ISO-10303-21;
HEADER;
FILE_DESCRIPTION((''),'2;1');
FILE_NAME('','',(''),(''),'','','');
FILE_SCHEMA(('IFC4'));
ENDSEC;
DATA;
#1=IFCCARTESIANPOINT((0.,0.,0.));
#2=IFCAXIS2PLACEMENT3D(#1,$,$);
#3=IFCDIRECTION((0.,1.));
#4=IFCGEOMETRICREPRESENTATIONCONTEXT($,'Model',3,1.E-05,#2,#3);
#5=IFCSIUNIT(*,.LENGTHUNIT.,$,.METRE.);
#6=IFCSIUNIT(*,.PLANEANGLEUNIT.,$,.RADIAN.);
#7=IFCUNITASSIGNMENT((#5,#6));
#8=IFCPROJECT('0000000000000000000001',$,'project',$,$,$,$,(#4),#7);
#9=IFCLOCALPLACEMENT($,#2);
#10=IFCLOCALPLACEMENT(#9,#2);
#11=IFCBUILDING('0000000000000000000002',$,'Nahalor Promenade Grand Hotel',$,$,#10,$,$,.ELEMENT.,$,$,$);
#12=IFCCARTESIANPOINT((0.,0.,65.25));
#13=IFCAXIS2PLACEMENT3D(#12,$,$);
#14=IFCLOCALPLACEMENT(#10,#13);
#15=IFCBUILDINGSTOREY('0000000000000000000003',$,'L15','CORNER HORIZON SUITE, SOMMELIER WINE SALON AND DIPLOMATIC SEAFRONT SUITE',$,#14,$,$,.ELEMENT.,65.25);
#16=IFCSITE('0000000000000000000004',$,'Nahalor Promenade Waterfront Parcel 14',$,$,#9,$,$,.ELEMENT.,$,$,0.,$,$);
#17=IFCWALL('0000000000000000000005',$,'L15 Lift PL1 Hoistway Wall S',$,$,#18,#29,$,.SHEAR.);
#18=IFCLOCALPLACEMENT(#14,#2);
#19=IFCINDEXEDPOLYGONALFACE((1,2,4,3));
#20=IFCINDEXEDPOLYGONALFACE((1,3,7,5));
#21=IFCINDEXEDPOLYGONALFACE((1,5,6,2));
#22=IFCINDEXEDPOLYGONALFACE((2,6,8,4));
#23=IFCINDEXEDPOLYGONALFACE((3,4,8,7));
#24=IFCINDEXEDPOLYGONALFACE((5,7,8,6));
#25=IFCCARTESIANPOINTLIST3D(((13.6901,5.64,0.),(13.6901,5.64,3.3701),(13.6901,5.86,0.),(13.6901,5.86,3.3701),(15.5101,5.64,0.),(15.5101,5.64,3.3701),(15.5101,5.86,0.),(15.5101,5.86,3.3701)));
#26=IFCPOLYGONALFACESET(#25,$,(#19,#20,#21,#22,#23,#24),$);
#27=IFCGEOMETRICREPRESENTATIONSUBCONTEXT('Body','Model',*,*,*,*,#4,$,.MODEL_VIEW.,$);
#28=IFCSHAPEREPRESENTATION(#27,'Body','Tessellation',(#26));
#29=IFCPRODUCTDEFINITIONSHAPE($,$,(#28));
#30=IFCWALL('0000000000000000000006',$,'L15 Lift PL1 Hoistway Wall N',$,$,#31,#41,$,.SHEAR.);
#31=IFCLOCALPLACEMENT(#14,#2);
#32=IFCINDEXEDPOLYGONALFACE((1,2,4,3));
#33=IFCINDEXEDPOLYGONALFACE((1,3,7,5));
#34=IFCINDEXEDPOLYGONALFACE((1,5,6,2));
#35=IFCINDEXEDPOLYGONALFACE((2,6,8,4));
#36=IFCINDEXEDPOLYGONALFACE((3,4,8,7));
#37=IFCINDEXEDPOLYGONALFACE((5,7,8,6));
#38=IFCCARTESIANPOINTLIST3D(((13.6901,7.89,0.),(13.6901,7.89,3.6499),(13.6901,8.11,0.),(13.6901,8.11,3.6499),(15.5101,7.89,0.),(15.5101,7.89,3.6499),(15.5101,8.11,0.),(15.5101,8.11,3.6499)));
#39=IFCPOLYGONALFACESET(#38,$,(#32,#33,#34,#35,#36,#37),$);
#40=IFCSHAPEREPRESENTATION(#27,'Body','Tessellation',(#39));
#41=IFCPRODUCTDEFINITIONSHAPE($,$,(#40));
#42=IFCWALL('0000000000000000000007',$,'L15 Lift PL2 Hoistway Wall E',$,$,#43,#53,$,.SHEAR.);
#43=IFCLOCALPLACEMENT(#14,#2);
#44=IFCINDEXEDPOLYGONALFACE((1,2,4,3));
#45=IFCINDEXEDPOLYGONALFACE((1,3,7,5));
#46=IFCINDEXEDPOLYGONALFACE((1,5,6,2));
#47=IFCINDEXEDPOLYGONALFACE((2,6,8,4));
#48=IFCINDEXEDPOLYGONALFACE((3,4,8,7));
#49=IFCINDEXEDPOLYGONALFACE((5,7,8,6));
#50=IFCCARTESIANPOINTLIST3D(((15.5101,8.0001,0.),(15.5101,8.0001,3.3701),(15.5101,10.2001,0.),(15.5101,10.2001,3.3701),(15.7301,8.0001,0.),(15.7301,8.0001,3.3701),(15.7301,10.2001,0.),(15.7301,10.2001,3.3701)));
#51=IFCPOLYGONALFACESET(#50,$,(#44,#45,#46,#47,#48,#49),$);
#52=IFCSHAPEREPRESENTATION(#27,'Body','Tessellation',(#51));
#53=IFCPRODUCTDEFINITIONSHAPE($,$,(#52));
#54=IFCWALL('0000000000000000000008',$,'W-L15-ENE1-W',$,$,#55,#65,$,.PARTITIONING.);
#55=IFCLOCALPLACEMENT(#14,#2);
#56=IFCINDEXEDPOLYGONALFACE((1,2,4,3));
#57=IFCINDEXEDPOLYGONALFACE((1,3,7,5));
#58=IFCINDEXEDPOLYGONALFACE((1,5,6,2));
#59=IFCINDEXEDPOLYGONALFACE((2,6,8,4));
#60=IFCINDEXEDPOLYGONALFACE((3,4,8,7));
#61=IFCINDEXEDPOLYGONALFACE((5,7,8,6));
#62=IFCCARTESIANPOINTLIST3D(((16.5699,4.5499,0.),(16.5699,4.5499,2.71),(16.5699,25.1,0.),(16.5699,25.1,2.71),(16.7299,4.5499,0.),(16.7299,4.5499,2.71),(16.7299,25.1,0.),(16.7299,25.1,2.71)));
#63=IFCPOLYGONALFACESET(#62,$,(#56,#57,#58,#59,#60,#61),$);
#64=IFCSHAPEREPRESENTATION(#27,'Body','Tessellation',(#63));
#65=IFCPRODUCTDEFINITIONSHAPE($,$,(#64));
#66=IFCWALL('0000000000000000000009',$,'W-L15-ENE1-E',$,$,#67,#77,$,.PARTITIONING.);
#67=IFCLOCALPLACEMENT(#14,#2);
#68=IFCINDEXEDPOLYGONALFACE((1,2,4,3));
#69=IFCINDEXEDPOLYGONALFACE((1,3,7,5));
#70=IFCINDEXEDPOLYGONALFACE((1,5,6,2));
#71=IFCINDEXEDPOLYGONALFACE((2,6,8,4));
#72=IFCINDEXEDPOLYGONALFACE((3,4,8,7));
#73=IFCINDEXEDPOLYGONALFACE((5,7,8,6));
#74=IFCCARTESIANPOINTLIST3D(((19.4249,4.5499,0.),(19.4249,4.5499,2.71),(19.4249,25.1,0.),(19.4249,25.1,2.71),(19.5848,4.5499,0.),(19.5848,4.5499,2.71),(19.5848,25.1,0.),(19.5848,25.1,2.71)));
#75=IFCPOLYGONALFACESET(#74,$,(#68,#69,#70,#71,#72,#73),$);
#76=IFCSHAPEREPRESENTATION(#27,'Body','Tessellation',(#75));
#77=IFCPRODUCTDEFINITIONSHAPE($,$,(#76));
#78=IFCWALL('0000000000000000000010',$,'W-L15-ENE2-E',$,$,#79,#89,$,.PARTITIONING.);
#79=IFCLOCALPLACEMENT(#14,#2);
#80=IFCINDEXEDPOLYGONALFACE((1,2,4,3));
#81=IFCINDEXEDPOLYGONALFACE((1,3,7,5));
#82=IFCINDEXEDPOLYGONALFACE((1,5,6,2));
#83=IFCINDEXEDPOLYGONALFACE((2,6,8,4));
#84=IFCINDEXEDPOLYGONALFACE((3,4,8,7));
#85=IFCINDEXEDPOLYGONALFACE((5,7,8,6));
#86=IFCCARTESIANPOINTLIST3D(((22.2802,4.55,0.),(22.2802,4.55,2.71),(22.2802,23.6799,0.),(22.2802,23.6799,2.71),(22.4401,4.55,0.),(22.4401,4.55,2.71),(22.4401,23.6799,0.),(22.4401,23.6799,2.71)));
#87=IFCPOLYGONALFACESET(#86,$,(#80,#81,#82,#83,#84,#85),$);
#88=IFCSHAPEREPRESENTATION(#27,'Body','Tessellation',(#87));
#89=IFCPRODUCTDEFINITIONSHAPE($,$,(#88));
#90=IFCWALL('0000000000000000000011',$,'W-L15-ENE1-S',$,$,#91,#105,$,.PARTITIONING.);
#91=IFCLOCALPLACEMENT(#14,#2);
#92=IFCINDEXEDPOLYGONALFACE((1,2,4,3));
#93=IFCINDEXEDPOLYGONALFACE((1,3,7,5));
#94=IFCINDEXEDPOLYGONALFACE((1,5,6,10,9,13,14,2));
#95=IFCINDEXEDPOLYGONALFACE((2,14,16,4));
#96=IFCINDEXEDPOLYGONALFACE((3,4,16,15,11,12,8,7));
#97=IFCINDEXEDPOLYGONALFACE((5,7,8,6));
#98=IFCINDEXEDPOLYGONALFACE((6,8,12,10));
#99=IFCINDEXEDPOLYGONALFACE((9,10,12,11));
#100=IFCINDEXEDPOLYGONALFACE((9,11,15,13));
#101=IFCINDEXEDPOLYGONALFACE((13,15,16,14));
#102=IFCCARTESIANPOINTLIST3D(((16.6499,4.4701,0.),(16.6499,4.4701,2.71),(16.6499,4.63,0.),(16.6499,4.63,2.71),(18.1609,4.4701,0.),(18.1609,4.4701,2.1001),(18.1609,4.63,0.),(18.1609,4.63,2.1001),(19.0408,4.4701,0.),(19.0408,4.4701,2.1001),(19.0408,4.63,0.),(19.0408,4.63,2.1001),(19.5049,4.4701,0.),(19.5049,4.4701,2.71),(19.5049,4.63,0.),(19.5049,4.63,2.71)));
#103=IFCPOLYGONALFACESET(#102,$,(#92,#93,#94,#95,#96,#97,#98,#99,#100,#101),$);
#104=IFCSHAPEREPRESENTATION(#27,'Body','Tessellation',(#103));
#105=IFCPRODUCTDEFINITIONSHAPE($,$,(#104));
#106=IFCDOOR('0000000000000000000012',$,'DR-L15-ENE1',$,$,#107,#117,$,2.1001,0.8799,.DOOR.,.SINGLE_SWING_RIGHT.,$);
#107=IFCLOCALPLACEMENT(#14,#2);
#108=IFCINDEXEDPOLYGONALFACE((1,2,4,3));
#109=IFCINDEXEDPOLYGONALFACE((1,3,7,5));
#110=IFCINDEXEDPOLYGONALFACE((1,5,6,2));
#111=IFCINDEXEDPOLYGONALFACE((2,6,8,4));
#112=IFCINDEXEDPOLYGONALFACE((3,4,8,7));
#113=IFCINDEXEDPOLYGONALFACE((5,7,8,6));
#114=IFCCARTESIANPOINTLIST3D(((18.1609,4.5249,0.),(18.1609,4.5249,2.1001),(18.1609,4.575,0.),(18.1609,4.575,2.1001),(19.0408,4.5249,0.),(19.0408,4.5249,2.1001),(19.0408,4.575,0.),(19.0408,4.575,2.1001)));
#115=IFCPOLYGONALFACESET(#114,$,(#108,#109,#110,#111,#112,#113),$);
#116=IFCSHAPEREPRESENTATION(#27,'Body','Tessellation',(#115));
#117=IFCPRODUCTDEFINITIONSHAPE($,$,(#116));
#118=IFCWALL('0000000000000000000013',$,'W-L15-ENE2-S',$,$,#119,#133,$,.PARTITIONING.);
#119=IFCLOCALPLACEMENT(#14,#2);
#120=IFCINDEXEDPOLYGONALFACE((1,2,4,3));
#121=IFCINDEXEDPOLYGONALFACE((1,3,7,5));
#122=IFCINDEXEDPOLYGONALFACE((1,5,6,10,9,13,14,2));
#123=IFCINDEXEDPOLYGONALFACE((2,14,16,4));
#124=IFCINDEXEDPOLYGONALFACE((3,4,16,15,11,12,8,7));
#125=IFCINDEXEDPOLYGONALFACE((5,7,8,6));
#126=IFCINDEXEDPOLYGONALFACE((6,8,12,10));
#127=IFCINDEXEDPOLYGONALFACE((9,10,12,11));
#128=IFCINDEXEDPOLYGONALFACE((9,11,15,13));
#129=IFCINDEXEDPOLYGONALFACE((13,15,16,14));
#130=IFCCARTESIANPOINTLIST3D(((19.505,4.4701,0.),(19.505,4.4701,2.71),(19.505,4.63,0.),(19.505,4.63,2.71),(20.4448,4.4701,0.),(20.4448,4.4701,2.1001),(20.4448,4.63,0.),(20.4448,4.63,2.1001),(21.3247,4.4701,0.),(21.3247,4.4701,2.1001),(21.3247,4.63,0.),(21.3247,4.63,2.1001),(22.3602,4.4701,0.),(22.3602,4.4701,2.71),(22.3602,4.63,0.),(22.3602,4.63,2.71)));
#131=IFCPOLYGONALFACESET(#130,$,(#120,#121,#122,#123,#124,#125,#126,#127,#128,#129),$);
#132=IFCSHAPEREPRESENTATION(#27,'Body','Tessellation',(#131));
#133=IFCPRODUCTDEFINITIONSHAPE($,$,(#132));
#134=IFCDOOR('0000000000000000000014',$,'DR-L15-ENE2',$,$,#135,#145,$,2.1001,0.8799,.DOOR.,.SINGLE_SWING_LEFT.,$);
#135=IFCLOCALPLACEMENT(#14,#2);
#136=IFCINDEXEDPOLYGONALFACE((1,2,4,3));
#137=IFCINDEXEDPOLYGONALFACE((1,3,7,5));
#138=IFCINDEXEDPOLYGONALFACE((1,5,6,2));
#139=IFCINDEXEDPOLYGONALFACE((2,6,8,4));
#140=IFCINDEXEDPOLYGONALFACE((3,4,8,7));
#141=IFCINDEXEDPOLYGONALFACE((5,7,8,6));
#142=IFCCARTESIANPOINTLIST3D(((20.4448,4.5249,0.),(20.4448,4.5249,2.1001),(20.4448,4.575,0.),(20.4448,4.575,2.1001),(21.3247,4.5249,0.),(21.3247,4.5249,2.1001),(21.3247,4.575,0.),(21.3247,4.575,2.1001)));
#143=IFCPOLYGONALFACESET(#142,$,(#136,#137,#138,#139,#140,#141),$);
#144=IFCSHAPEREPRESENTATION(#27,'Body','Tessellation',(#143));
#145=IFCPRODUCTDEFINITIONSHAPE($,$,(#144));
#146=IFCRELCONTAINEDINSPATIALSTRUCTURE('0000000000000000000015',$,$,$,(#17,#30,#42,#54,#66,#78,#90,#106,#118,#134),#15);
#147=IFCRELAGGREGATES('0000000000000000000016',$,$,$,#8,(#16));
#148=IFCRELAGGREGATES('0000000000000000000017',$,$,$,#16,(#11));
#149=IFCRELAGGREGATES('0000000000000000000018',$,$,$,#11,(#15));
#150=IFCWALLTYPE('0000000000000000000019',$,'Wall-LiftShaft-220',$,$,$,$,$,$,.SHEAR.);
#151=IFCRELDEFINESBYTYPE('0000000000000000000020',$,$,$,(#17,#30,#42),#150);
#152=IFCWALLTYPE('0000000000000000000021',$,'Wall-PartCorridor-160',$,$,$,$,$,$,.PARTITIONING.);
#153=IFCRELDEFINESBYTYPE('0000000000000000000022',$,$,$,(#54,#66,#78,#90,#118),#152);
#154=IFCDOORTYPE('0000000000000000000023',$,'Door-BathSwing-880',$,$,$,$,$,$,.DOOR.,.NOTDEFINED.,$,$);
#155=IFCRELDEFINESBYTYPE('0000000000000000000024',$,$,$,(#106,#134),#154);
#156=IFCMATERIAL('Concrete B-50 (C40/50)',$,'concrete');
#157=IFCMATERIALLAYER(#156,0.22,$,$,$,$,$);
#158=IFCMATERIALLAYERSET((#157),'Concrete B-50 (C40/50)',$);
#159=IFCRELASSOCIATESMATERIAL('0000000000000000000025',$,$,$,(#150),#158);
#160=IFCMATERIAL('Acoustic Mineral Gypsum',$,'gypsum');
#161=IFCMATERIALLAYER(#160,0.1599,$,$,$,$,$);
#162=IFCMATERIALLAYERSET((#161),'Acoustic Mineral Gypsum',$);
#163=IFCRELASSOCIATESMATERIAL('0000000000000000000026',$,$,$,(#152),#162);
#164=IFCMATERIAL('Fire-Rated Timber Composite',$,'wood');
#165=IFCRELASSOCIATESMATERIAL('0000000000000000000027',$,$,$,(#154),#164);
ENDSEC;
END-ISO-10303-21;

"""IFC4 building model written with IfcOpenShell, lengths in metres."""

from ifc_helpers import new_model, si_unit, direction, frame, frame_2d, origin, place, context, subcontext, project, spatial, rectangle, extrude, source, transform, mapped, material, layer, layer_set, type_object, element, fill, save


model = new_model("IFC4")

# Units and contexts
model_context = context("Model", 3, precision=1e-05, world=origin(), true_north=direction((0.0, 1.0)))
body_context = subcontext(model_context, "Body", "Model", "MODEL_VIEW")
ifc_project = project(units=[si_unit("LENGTHUNIT", "METRE"), si_unit("PLANEANGLEUNIT", "RADIAN")], contexts=[model_context])

# Site, building, storey
site_placement = place(None, origin())
site = spatial("IfcSite", under=ifc_project, at=site_placement, Name="Nahalor Promenade Waterfront Parcel 14", CompositionType="ELEMENT", RefElevation=0.0)
building_placement = place(site_placement, origin())
building = spatial("IfcBuilding", under=site, at=building_placement, Name="Nahalor Promenade Grand Hotel", CompositionType="ELEMENT")
storey_placement = place(building_placement, frame((0.0, 0.0, 65.25)))
storey = spatial("IfcBuildingStorey", under=building, at=storey_placement, Name="L15", Description="CORNER HORIZON SUITE, SOMMELIER WINE SALON AND DIPLOMATIC SEAFRONT SUITE", CompositionType="ELEMENT", Elevation=65.25)

# Walls
ifc_material_1 = material(Name="Concrete B-50 (C40/50)", Category="concrete")
ifc_layer_1 = layer(ifc_material_1, 0.22)
ifc_layer_set_1 = layer_set([ifc_layer_1], Name="Concrete B-50 (C40/50)")
wall_type_1 = type_object("IfcWallType", Name="Wall-LiftShaft-220", PredefinedType="SHEAR", material=ifc_layer_set_1)
shared_shape_1 = source(origin(), body_context, "Body", "SweptSolid", [
    extrude(rectangle(XDim=1.8201, YDim=0.22, at=frame_2d((0.9102, 0.0))), origin(), (0.0, 0.0, 1.0), 3.3701),
])
wall_1_placement = place(storey_placement, frame((13.6899, 5.75, 0.0), z_axis=(0.0, 0.0, 1.0), x_axis=(1.0, 0.0, 0.0)))
element("IfcWall", 1, at=wall_1_placement, inside=storey, type_object=wall_type_1, Name="L15 Lift PL1 Hoistway Wall S", PredefinedType="SHEAR", context=body_context, shape_type="MappedRepresentation", body=[
    mapped(shared_shape_1, transform((0.0, 0.0, 0.0), scale=1.0)),
])
shared_shape_2 = source(origin(), body_context, "Body", "SweptSolid", [
    extrude(rectangle(XDim=1.8201, YDim=0.22, at=frame_2d((0.9102, 0.0))), origin(), (0.0, 0.0, 1.0), 3.6499),
])
wall_2_placement = place(storey_placement, frame((13.6899, 8.0, 0.0), z_axis=(0.0, 0.0, 1.0), x_axis=(1.0, 0.0, 0.0)))
element("IfcWall", 2, at=wall_2_placement, inside=storey, type_object=wall_type_1, Name="L15 Lift PL1 Hoistway Wall N", PredefinedType="SHEAR", context=body_context, shape_type="MappedRepresentation", body=[
    mapped(shared_shape_2, transform((0.0, 0.0, 0.0), scale=1.0)),
])
shared_shape_3 = source(origin(), body_context, "Body", "SweptSolid", [
    extrude(rectangle(XDim=2.2, YDim=0.22, at=frame_2d((1.1001, 0.0))), origin(), (0.0, 0.0, 1.0), 3.3701),
])
wall_3_placement = place(storey_placement, frame((15.6201, 8.0, 0.0), z_axis=(0.0, 0.0, 1.0), x_axis=(0.0, 1.0, 0.0)))
element("IfcWall", 3, at=wall_3_placement, inside=storey, type_object=wall_type_1, Name="L15 Lift PL2 Hoistway Wall E", PredefinedType="SHEAR", context=body_context, shape_type="MappedRepresentation", body=[
    mapped(shared_shape_3, transform((0.0, 0.0, 0.0), scale=1.0)),
])
ifc_material_2 = material(Name="Acoustic Mineral Gypsum", Category="gypsum")
ifc_layer_2 = layer(ifc_material_2, 0.1599)
ifc_layer_set_2 = layer_set([ifc_layer_2], Name="Acoustic Mineral Gypsum")
wall_type_2 = type_object("IfcWallType", Name="Wall-PartCorridor-160", PredefinedType="PARTITIONING", material=ifc_layer_set_2)
shared_shape_4 = source(origin(), body_context, "Body", "SweptSolid", [
    extrude(rectangle(XDim=20.55, YDim=0.1599, at=frame_2d((10.2749, 0.0))), origin(), (0.0, 0.0, 1.0), 2.71),
])
for number, where, z_axis, x_axis, name in (
    (4, (16.6499, 4.55, 0.0), (0.0, 0.0, 1.0), (0.0, 1.0, 0.0), "W-L15-ENE1-W"),
    (5, (19.5049, 4.55, 0.0), (0.0, 0.0, 1.0), (0.0, 1.0, 0.0), "W-L15-ENE1-E"),
):
    element("IfcWall", number, at=place(storey_placement, frame(where, z_axis=z_axis, x_axis=x_axis)), inside=storey, type_object=wall_type_2, Name=name, PredefinedType="PARTITIONING", context=body_context, shape_type="MappedRepresentation", body=[
        mapped(shared_shape_4, transform((0.0, 0.0, 0.0), scale=1.0)),
    ])
shared_shape_5 = source(origin(), body_context, "Body", "SweptSolid", [
    extrude(rectangle(XDim=19.1299, YDim=0.1599, at=frame_2d((9.5649, 0.0))), origin(), (0.0, 0.0, 1.0), 2.71),
])
wall_4_placement = place(storey_placement, frame((22.3601, 4.55, 0.0), z_axis=(0.0, 0.0, 1.0), x_axis=(0.0, 1.0, 0.0)))
element("IfcWall", 6, at=wall_4_placement, inside=storey, type_object=wall_type_2, Name="W-L15-ENE2-E", PredefinedType="PARTITIONING", context=body_context, shape_type="MappedRepresentation", body=[
    mapped(shared_shape_5, transform((0.0, 0.0, 0.0), scale=1.0)),
])

# Walls, openings, doors
shared_shape_6 = source(origin(), body_context, "Body", "SweptSolid", [
    extrude(rectangle(XDim=2.855, YDim=0.1599, at=frame_2d((1.4275, 0.0))), origin(), (0.0, 0.0, 1.0), 2.71),
])
wall_5_placement = place(storey_placement, frame((16.6499, 4.55, 0.0), z_axis=(0.0, 0.0, 1.0), x_axis=(1.0, 0.0, 0.0)))
wall_5 = element("IfcWall", 7, at=wall_5_placement, inside=storey, type_object=wall_type_2, Name="W-L15-ENE1-S", PredefinedType="PARTITIONING", context=body_context, shape_type="MappedRepresentation", body=[
    mapped(shared_shape_6, transform((0.0, 0.0, 0.0), scale=1.0)),
])
opening_1_placement = place(wall_5_placement, frame((1.511, 0.0, 0.0)))
opening_1 = element("IfcOpeningElement", 8, at=opening_1_placement, cuts=wall_5, PredefinedType="OPENING", context=body_context, shape_type="SweptSolid", body=[
    extrude(rectangle(XDim=0.8799, YDim=2.1001, at=frame_2d((0.4399, 1.05))), frame((0.0, 0.0898, 0.0), z_axis=(0.0, -1.0, 0.0), x_axis=(1.0, 0.0, 0.0)), (0.0, 0.0, 1.0), 0.1799),
])
ifc_material_3 = material(Name="Fire-Rated Timber Composite", Category="wood")
door_type = type_object("IfcDoorType", Name="Door-BathSwing-880", OperationType="NOTDEFINED", PredefinedType="DOOR", material=ifc_material_3)
shared_shape_7 = source(origin(), body_context, "Body", "SweptSolid", [
    extrude(rectangle(XDim=0.8799, YDim=2.1001, at=frame_2d((0.4399, 1.05))), frame((0.0, 0.0249, 0.0), z_axis=(0.0, -1.0, 0.0), x_axis=(1.0, 0.0, 0.0)), (0.0, 0.0, 1.0), 0.05),
])
door_1_placement = place(opening_1_placement, origin())
door_1 = element("IfcDoor", 9, at=door_1_placement, inside=storey, type_object=door_type, Name="DR-L15-ENE1", OperationType="SINGLE_SWING_RIGHT", OverallHeight=2.1001, OverallWidth=0.8799, PredefinedType="DOOR", context=body_context, shape_type="MappedRepresentation", body=[
    mapped(shared_shape_7, transform((0.0, 0.0, 0.0), scale=1.0)),
])
fill(opening_1, door_1)
shared_shape_8 = source(origin(), body_context, "Body", "SweptSolid", [
    extrude(rectangle(XDim=2.8552, YDim=0.1599, at=frame_2d((1.4277, 0.0))), origin(), (0.0, 0.0, 1.0), 2.71),
])
wall_6_placement = place(storey_placement, frame((19.5049, 4.55, 0.0), z_axis=(0.0, 0.0, 1.0), x_axis=(1.0, 0.0, 0.0)))
wall_6 = element("IfcWall", 10, at=wall_6_placement, inside=storey, type_object=wall_type_2, Name="W-L15-ENE2-S", PredefinedType="PARTITIONING", context=body_context, shape_type="MappedRepresentation", body=[
    mapped(shared_shape_8, transform((0.0, 0.0, 0.0), scale=1.0)),
])
opening_2_placement = place(wall_6_placement, frame((0.9399, 0.0, 0.0)))
opening_2 = element("IfcOpeningElement", 11, at=opening_2_placement, cuts=wall_6, PredefinedType="OPENING", context=body_context, shape_type="SweptSolid", body=[
    extrude(rectangle(XDim=0.8799, YDim=2.1001, at=frame_2d((0.4399, 1.05))), frame((0.0, 0.0898, 0.0), z_axis=(0.0, -1.0, 0.0), x_axis=(1.0, 0.0, 0.0)), (0.0, 0.0, 1.0), 0.1799),
])
door_2_placement = place(opening_2_placement, origin())
door_2 = element("IfcDoor", 12, at=door_2_placement, inside=storey, type_object=door_type, Name="DR-L15-ENE2", OperationType="SINGLE_SWING_LEFT", OverallHeight=2.1001, OverallWidth=0.8799, PredefinedType="DOOR", context=body_context, shape_type="MappedRepresentation", body=[
    mapped(shared_shape_7, transform((0.0, 0.0, 0.0), scale=1.0)),
])
fill(opening_2, door_2)

save(model, "model.ifc")
